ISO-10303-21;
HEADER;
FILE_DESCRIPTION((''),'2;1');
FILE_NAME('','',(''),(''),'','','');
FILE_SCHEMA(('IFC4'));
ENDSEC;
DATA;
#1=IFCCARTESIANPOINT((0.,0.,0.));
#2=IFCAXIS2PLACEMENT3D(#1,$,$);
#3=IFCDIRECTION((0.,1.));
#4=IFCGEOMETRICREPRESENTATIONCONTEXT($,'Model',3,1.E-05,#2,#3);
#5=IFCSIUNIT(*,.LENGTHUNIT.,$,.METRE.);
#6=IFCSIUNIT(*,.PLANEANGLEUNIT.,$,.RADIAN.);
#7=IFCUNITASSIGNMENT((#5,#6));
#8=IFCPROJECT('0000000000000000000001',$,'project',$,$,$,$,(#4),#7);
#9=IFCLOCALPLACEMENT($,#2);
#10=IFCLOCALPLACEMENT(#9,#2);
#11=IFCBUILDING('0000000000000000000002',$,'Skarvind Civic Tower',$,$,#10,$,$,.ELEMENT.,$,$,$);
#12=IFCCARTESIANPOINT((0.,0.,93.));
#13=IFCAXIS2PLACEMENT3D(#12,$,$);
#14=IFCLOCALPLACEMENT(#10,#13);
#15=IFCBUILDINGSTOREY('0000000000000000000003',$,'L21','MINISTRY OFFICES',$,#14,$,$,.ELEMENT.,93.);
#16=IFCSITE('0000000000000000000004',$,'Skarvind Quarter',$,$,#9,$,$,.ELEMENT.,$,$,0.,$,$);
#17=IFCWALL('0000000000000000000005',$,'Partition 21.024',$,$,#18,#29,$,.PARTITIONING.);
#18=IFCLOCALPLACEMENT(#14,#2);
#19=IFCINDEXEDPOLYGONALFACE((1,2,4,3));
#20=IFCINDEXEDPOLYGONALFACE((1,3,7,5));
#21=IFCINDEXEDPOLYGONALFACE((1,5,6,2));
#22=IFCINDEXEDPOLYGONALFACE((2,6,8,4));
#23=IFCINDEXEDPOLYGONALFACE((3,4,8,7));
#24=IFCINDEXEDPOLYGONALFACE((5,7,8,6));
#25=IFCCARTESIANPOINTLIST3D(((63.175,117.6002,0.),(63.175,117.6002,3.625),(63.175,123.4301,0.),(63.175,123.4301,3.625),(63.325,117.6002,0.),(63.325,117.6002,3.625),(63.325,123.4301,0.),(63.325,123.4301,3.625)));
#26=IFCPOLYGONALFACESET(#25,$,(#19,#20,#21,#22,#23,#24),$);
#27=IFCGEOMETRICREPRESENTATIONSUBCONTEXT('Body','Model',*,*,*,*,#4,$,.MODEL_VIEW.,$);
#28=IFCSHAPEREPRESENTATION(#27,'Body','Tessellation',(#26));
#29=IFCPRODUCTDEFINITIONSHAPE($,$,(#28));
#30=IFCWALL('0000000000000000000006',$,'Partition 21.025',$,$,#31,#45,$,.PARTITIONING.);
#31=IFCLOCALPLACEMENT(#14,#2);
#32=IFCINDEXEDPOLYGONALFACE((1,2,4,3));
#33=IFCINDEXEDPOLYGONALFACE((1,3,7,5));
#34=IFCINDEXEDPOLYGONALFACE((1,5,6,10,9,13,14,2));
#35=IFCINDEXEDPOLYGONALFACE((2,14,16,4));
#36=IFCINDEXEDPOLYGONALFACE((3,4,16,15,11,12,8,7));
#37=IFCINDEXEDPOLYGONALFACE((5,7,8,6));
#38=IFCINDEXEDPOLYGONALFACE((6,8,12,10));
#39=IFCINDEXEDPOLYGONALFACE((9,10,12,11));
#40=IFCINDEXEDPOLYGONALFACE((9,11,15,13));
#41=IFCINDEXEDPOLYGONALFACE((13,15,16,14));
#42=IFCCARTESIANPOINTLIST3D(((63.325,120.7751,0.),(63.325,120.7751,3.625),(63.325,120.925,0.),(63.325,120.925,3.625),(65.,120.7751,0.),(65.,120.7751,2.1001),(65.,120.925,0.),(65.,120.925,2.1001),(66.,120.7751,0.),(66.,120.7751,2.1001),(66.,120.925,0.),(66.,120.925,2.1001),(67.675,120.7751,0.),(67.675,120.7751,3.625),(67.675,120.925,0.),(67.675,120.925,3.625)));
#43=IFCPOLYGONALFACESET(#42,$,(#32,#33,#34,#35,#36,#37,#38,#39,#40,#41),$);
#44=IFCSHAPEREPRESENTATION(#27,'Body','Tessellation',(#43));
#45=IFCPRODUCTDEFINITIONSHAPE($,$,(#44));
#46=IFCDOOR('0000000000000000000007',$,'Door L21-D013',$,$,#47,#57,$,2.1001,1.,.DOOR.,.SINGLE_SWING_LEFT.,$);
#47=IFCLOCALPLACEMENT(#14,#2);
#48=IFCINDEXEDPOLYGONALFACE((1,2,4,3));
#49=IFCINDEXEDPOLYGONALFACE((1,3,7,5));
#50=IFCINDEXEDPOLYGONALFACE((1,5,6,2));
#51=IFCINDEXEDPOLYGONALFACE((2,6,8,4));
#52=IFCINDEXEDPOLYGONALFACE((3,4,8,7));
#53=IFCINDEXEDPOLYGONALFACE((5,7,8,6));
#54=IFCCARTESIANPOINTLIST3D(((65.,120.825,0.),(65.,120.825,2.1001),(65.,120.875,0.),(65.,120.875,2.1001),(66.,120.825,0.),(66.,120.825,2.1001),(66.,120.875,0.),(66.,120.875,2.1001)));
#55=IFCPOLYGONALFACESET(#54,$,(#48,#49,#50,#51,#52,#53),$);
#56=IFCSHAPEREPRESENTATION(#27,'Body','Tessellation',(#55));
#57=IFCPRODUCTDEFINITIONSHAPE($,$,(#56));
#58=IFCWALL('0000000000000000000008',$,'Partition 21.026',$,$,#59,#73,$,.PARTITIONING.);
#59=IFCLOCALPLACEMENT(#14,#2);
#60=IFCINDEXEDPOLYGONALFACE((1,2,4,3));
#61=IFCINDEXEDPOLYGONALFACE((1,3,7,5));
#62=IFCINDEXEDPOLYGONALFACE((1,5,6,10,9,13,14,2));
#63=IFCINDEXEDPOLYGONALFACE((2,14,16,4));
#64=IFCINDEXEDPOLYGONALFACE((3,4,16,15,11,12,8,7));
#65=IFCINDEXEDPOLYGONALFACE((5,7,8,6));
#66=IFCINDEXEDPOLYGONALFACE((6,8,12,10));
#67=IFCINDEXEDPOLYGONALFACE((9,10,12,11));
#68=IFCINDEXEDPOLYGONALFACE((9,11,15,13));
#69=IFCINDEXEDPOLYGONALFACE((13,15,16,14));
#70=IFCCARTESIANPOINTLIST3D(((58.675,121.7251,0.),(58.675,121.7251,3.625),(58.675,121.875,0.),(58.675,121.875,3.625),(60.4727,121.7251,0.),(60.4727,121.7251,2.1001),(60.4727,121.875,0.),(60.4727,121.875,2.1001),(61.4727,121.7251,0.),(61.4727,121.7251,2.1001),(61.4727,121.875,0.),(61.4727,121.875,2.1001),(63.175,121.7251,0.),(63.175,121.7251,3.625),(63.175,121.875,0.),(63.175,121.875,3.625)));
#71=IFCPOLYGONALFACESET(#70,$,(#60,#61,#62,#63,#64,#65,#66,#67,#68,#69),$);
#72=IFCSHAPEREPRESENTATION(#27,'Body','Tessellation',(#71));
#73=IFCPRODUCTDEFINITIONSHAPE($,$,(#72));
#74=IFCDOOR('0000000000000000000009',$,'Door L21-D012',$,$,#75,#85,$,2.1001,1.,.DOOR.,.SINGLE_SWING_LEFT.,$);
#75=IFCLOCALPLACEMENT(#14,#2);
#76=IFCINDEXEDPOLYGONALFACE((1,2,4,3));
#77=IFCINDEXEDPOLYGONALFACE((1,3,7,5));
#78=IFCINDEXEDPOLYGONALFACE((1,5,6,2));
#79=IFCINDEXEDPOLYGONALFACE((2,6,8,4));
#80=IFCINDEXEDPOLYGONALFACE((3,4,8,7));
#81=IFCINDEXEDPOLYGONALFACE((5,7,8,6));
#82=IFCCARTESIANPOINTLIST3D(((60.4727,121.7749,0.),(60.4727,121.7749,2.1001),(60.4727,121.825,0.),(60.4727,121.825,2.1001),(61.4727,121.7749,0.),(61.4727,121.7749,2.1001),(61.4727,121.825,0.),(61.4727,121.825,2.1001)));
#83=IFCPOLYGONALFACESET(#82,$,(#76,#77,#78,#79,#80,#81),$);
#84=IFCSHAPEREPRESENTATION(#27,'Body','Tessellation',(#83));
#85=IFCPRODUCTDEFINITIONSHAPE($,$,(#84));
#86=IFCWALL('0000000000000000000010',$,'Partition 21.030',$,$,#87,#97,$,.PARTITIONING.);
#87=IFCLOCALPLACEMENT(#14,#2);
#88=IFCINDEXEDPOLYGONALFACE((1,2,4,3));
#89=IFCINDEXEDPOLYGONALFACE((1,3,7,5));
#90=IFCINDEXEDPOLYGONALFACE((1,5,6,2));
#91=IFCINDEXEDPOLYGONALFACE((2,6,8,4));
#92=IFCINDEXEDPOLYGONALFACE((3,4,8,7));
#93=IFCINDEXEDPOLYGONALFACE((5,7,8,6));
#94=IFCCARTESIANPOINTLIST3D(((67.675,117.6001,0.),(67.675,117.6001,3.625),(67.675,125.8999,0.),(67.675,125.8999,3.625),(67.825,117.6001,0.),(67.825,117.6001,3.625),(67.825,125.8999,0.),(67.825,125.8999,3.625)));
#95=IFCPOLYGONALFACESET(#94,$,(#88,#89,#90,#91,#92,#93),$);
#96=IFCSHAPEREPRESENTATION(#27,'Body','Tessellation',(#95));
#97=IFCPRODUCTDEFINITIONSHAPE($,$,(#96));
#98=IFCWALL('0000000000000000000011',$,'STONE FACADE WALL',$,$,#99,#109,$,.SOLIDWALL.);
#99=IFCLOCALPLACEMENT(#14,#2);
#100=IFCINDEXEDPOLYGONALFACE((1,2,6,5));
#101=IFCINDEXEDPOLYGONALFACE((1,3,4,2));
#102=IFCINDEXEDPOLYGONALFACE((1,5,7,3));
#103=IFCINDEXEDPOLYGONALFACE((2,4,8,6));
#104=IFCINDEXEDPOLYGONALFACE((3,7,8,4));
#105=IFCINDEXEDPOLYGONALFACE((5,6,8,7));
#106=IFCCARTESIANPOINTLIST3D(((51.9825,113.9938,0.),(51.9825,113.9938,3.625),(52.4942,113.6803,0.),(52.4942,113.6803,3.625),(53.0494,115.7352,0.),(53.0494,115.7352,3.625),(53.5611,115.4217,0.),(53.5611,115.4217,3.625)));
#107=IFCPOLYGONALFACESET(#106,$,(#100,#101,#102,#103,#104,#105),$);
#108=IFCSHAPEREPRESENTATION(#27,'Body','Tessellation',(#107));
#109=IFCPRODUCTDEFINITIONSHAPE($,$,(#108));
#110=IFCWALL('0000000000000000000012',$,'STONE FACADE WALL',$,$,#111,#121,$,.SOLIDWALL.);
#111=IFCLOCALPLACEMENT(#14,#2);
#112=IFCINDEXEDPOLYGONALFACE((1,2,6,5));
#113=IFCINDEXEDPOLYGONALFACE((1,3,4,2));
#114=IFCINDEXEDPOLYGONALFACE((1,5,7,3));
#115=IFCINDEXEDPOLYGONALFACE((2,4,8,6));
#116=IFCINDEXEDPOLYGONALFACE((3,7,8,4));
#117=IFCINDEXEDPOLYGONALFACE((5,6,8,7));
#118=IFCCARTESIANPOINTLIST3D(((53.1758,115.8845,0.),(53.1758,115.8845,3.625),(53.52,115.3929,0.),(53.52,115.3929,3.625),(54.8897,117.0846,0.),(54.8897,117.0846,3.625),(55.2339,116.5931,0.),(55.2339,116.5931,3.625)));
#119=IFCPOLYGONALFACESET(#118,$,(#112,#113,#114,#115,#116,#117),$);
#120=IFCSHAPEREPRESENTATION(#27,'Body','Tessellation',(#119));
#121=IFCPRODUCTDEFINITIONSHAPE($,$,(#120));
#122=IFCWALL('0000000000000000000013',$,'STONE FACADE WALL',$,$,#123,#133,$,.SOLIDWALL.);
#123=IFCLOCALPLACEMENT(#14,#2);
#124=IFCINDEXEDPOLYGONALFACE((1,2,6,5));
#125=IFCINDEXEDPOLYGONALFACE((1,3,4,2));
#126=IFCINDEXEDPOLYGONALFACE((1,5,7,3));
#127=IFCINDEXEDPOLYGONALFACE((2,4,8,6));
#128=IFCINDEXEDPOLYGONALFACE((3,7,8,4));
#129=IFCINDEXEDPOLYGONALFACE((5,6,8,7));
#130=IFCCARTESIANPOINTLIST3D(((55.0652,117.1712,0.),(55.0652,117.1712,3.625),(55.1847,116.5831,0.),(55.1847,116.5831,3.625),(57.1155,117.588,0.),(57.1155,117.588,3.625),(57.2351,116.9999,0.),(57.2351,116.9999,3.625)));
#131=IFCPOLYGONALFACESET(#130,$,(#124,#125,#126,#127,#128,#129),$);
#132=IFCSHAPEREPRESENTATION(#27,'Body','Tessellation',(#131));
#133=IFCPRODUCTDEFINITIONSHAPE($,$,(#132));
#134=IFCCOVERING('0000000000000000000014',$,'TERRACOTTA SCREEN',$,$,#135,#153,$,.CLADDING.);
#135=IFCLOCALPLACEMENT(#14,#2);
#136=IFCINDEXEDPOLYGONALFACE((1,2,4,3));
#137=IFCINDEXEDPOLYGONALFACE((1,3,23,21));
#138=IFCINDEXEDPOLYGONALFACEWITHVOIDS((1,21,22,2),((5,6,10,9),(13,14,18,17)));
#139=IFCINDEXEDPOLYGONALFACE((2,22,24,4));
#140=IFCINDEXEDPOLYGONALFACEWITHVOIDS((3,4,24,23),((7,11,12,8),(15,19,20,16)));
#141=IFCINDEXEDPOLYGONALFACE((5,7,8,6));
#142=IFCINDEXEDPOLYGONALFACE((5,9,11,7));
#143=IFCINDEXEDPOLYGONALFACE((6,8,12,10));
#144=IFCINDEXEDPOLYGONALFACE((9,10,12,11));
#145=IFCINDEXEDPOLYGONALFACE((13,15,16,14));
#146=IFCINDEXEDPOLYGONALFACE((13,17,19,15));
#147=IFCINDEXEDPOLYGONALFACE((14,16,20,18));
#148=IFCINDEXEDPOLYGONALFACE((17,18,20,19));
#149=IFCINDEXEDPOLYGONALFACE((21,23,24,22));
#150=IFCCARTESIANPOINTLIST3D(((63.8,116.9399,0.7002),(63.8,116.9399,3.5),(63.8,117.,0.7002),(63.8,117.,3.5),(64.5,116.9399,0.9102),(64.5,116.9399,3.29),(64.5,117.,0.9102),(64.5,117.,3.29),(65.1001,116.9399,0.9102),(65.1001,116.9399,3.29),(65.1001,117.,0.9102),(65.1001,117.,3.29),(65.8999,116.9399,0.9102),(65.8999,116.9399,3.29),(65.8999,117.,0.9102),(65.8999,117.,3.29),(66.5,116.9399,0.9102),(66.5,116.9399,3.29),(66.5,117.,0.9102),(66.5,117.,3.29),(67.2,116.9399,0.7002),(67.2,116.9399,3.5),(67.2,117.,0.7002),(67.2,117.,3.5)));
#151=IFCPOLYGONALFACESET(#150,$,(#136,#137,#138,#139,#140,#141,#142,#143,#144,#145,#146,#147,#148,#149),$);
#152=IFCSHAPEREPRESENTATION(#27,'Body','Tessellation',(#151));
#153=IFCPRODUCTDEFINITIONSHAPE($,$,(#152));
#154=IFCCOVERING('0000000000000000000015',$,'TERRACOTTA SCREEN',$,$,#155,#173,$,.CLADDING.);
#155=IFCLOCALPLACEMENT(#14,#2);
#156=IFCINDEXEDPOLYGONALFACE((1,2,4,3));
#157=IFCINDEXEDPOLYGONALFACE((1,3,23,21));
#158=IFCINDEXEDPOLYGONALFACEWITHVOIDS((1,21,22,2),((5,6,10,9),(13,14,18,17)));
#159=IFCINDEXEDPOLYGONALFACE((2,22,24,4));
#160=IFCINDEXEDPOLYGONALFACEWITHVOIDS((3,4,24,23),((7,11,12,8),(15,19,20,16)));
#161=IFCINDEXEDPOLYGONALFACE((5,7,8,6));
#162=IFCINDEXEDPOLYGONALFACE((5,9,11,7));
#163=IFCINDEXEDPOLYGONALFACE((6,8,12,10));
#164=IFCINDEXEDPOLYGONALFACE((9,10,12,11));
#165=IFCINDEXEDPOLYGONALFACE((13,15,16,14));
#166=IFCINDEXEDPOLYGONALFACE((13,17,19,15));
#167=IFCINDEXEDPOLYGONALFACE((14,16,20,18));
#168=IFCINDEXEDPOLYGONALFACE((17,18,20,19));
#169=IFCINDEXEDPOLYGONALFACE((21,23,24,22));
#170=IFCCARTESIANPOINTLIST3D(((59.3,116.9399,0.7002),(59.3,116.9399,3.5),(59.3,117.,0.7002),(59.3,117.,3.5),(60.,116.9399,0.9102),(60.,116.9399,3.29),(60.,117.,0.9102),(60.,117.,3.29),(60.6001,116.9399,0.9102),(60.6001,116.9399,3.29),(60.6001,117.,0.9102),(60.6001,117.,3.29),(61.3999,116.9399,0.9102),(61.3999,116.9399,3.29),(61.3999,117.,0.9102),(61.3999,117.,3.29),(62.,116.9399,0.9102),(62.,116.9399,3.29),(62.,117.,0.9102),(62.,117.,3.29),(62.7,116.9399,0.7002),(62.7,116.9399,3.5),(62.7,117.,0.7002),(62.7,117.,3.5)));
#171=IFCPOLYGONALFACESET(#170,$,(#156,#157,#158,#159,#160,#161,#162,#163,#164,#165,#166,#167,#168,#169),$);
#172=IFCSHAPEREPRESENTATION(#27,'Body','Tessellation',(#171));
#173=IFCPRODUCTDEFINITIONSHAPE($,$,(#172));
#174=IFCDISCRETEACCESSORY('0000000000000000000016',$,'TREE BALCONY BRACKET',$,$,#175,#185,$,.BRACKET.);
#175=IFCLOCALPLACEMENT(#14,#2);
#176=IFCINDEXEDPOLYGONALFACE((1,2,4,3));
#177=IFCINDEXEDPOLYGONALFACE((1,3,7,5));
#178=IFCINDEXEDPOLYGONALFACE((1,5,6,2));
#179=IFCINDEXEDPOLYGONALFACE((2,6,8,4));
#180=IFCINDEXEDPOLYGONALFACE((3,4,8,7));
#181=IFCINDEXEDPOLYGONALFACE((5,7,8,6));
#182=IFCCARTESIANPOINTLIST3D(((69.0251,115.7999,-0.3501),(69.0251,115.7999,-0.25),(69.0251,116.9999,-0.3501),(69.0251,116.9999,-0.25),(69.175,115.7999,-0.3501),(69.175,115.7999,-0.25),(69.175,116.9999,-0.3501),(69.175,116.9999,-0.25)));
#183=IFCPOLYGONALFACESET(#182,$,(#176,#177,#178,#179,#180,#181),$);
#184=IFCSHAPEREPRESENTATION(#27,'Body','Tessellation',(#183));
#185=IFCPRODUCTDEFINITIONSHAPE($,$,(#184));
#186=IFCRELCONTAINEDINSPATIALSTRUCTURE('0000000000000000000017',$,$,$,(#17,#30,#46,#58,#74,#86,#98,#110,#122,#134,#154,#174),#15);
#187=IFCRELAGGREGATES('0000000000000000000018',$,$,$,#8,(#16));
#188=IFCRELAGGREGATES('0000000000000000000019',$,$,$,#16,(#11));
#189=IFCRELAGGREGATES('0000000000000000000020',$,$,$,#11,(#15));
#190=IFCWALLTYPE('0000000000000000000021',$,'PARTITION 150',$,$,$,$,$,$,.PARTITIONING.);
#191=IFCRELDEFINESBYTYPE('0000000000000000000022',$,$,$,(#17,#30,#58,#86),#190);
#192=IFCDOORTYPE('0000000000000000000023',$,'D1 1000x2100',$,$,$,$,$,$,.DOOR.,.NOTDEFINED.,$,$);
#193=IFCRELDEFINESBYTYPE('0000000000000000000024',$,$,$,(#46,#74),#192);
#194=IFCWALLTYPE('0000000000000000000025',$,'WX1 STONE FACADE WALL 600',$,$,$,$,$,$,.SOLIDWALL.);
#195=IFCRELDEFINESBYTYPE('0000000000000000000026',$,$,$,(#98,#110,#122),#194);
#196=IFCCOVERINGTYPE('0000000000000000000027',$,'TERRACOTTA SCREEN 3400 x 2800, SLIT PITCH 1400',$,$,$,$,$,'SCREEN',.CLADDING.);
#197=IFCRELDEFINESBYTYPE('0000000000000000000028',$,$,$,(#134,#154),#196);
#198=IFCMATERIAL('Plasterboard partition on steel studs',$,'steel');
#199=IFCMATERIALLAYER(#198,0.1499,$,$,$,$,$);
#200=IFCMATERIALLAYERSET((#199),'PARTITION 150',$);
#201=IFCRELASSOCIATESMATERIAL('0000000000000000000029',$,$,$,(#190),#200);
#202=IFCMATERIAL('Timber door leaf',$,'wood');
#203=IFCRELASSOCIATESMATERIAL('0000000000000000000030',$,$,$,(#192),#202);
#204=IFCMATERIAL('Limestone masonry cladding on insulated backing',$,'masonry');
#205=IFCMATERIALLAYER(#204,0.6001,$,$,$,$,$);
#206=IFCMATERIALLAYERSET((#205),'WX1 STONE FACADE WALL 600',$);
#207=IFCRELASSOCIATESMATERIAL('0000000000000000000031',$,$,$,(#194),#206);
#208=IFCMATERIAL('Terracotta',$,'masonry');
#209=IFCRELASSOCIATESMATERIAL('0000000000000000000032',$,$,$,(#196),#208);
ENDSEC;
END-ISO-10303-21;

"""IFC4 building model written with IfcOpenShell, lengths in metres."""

from ifc_helpers import new_model, si_unit, direction, frame, frame_2d, origin, origin_2d, place, context, subcontext, project, spatial, polyline, rectangle, outline, extrude, material, layer, layer_set, material_profile, profile_set, type_object, element, fill, save


model = new_model("IFC4")

# Units and contexts
model_context = context("Model", 3, precision=1e-05, world=origin(), true_north=direction((0.0, 1.0)))
body_context = subcontext(model_context, "Body", "Model", "MODEL_VIEW")
ifc_project = project(units=[si_unit("LENGTHUNIT", "METRE"), si_unit("PLANEANGLEUNIT", "RADIAN")], contexts=[model_context])

# Site, building, storey
site_placement = place(None, origin())
site = spatial("IfcSite", under=ifc_project, at=site_placement, Name="Skarvind Quarter", CompositionType="ELEMENT", RefElevation=0.0)
building_placement = place(site_placement, origin())
building = spatial("IfcBuilding", under=site, at=building_placement, Name="Skarvind Civic Tower", CompositionType="ELEMENT")
storey_placement = place(building_placement, frame((0.0, 0.0, 93.0)))
storey = spatial("IfcBuildingStorey", under=building, at=storey_placement, Name="L21", Description="MINISTRY OFFICES", CompositionType="ELEMENT", Elevation=93.0)

# Shared definitions
ifc_material_1 = material(Name="Timber door leaf", Category="wood")

# Shared definitions
ifc_material_2 = material(Name="Plasterboard partition on steel studs", Category="steel")
ifc_layer_1 = layer(ifc_material_2, 0.1499)
ifc_layer_set_1 = layer_set([ifc_layer_1], Name="PARTITION 150")
wall_type_1 = type_object("IfcWallType", Name="PARTITION 150", PredefinedType="PARTITIONING", material=ifc_layer_set_1)

# Wall
wall_1_placement = place(storey_placement, frame((63.25, 117.6001, 0.0), z_axis=(0.0, 0.0, 1.0), x_axis=(0.0, 1.0, 0.0)))
element("IfcWall", 1, at=wall_1_placement, inside=storey, type_object=wall_type_1, Name="Partition 21.024", PredefinedType="PARTITIONING", context=body_context, shape_type="SweptSolid", body=[
    extrude(rectangle(XDim=5.8298, YDim=0.1499, at=frame_2d((2.915, 0.0))), origin(), (0.0, 0.0, 1.0), 3.625),
])

# Walls, openings, doors
wall_2_placement = place(storey_placement, frame((63.325, 120.8501, 0.0), z_axis=(0.0, 0.0, 1.0), x_axis=(1.0, 0.0, 0.0)))
wall_2 = element("IfcWall", 2, at=wall_2_placement, inside=storey, type_object=wall_type_1, Name="Partition 21.025", PredefinedType="PARTITIONING", context=body_context, shape_type="SweptSolid", body=[
    extrude(rectangle(XDim=4.3501, YDim=0.1499, at=frame_2d((2.175, 0.0))), origin(), (0.0, 0.0, 1.0), 3.625),
])
opening_1_placement = place(wall_2_placement, frame((1.675, 0.0, 0.0)))
opening_1 = element("IfcOpeningElement", 3, at=opening_1_placement, cuts=wall_2, PredefinedType="OPENING", context=body_context, shape_type="SweptSolid", body=[
    extrude(rectangle(XDim=1.0, YDim=2.1001, at=frame_2d((0.5, 1.05))), frame((0.0, 0.085, 0.0), z_axis=(0.0, -1.0, 0.0), x_axis=(1.0, 0.0, 0.0)), (0.0, 0.0, 1.0), 0.1699),
])
door_type_1 = type_object("IfcDoorType", Name="D1 1000x2100", OperationType="NOTDEFINED", PredefinedType="DOOR", material=ifc_material_1)
door_1_placement = place(opening_1_placement, origin())
door_1 = element("IfcDoor", 4, at=door_1_placement, inside=storey, type_object=door_type_1, Name="Door L21-D013", OperationType="SINGLE_SWING_LEFT", OverallHeight=2.1001, OverallWidth=1.0, PredefinedType="DOOR", context=body_context, shape_type="SweptSolid", body=[
    extrude(rectangle(XDim=1.0, YDim=2.1001, at=frame_2d((0.5, 1.05))), frame((0.0, 0.0249, 0.0), z_axis=(0.0, -1.0, 0.0), x_axis=(1.0, 0.0, 0.0)), (0.0, 0.0, 1.0), 0.05),
])
fill(opening_1, door_1)
wall_3_placement = place(storey_placement, frame((58.675, 121.8, 0.0), z_axis=(0.0, 0.0, 1.0), x_axis=(1.0, 0.0, 0.0)))
wall_3 = element("IfcWall", 5, at=wall_3_placement, inside=storey, type_object=wall_type_1, Name="Partition 21.026", PredefinedType="PARTITIONING", context=body_context, shape_type="SweptSolid", body=[
    extrude(rectangle(XDim=4.5, YDim=0.1499, at=frame_2d((2.25, 0.0))), origin(), (0.0, 0.0, 1.0), 3.625),
])
opening_2_placement = place(wall_3_placement, frame((1.7976, 0.0, 0.0)))
opening_2 = element("IfcOpeningElement", 6, at=opening_2_placement, cuts=wall_3, PredefinedType="OPENING", context=body_context, shape_type="SweptSolid", body=[
    extrude(rectangle(XDim=1.0, YDim=2.1001, at=frame_2d((0.5, 1.05))), frame((0.0, 0.085, 0.0), z_axis=(0.0, -1.0, 0.0), x_axis=(1.0, 0.0, 0.0)), (0.0, 0.0, 1.0), 0.1699),
])
door_2_placement = place(opening_2_placement, origin())
door_2 = element("IfcDoor", 7, at=door_2_placement, inside=storey, type_object=door_type_1, Name="Door L21-D012", OperationType="SINGLE_SWING_LEFT", OverallHeight=2.1001, OverallWidth=1.0, PredefinedType="DOOR", context=body_context, shape_type="SweptSolid", body=[
    extrude(rectangle(XDim=1.0, YDim=2.1001, at=frame_2d((0.5, 1.05))), frame((0.0, 0.0249, 0.0), z_axis=(0.0, -1.0, 0.0), x_axis=(1.0, 0.0, 0.0)), (0.0, 0.0, 1.0), 0.05),
])
fill(opening_2, door_2)

# Walls
wall_4_placement = place(storey_placement, frame((67.75, 117.6001, 0.0), z_axis=(0.0, 0.0, 1.0), x_axis=(0.0, 1.0, 0.0)))
element("IfcWall", 8, at=wall_4_placement, inside=storey, type_object=wall_type_1, Name="Partition 21.030", PredefinedType="PARTITIONING", context=body_context, shape_type="SweptSolid", body=[
    extrude(rectangle(XDim=8.2998, YDim=0.1499, at=frame_2d((4.1499, 0.0))), origin(), (0.0, 0.0, 1.0), 3.625),
])
ifc_material_3 = material(Name="Limestone masonry cladding on insulated backing", Category="masonry")
ifc_layer_2 = layer(ifc_material_3, 0.6001)
ifc_layer_set_2 = layer_set([ifc_layer_2], Name="WX1 STONE FACADE WALL 600")
wall_type_2 = type_object("IfcWallType", Name="WX1 STONE FACADE WALL 600", PredefinedType="SOLIDWALL", material=ifc_layer_set_2)
wall_5_placement = place(storey_placement, frame((53.3052, 115.5784, 0.0), z_axis=(0.0, 0.0, 1.0), x_axis=(-0.522402, -0.852699, 0.0)))
element("IfcWall", 9, at=wall_5_placement, inside=storey, type_object=wall_type_2, Name="STONE FACADE WALL", PredefinedType="SOLIDWALL", context=body_context, shape_type="SweptSolid", body=[
    extrude(rectangle(XDim=2.0422, YDim=0.6001, at=frame_2d((1.021, 0.0))), origin(), (0.0, 0.0, 1.0), 3.625),
])
for number, where, z_axis, x_axis, name in (
    (10, (55.0618, 116.8389, 0.0), (0.0, 0.0, 1.0), (-0.819122, -0.573619, 0.0), "STONE FACADE WALL"),
    (11, (57.1753, 117.2939, 0.0), (0.0, 0.0, 1.0), (-0.979961, -0.199189, 0.0), "STONE FACADE WALL"),
):
    element("IfcWall", number, at=place(storey_placement, frame(where, z_axis=z_axis, x_axis=x_axis)), inside=storey, type_object=wall_type_2, Name=name, PredefinedType="SOLIDWALL", context=body_context, shape_type="SweptSolid", body=[
        extrude(rectangle(XDim=2.0923, YDim=0.6001, at=frame_2d((1.0461, 0.0))), origin(), (0.0, 0.0, 1.0), 3.625),
    ])

# Coverings
ifc_material_4 = material(Name="Terracotta", Category="masonry")
ifc_material_profile_1 = material_profile(ifc_material_4, outline(polyline([(-1.7, -1.3999), (1.7, -1.3999), (1.7, 1.3999), (-1.7, 1.3999), (-1.7, -1.3999)]), holes=[polyline([(-1.0, -1.1899), (-0.3999, -1.1899), (-0.3999, 1.1899), (-1.0, 1.1899), (-1.0, -1.1899)]), polyline([(0.3999, -1.1899), (1.0, -1.1899), (1.0, 1.1899), (0.3999, 1.1899), (0.3999, -1.1899)])]), Name="TERRACOTTA SCREEN 3400 x 2800, SLIT PITCH 1400")
ifc_profile_set_1 = profile_set([ifc_material_profile_1], Name="Terracotta")
covering_type = type_object("IfcCoveringType", Name="TERRACOTTA SCREEN 3400 x 2800, SLIT PITCH 1400", ElementType="SCREEN", PredefinedType="CLADDING", material=ifc_profile_set_1)
for number, where, z_axis, x_axis, name in (
    (12, (65.5, 117.0, 2.1001), (0.0, -1.0, 0.0), (1.0, 0.0, 0.0), "TERRACOTTA SCREEN"),
    (13, (61.0, 117.0, 2.1001), (0.0, -1.0, 0.0), (1.0, 0.0, 0.0), "TERRACOTTA SCREEN"),
):
    element("IfcCovering", number, at=place(storey_placement, frame(where, z_axis=z_axis, x_axis=x_axis)), inside=storey, type_object=covering_type, Name=name, PredefinedType="CLADDING", context=body_context, shape_type="SweptSolid", body=[
        extrude(outline(polyline([(-1.7, -1.3999), (1.7, -1.3999), (1.7, 1.3999), (-1.7, 1.3999), (-1.7, -1.3999)]), holes=[polyline([(-1.0, -1.1899), (-0.3999, -1.1899), (-0.3999, 1.1899), (-1.0, 1.1899), (-1.0, -1.1899)]), polyline([(0.3999, -1.1899), (1.0, -1.1899), (1.0, 1.1899), (0.3999, 1.1899), (0.3999, -1.1899)])]), origin(), (0.0, 0.0, 1.0), 0.0601),
    ])

# Discrete accessory
discrete_accessory_placement = place(storey_placement, frame((69.1001, 116.3999, -0.3501), z_axis=(0.0, 0.0, 1.0), x_axis=(-1.0, 0.0, 0.0)))
element("IfcDiscreteAccessory", 14, at=discrete_accessory_placement, inside=storey, Name="TREE BALCONY BRACKET", PredefinedType="BRACKET", context=body_context, shape_type="SweptSolid", body=[
    extrude(rectangle(XDim=0.1499, YDim=1.2, at=origin_2d()), origin(), (0.0, 0.0, 1.0), 0.1001),
])

save(model, "model.ifc")
